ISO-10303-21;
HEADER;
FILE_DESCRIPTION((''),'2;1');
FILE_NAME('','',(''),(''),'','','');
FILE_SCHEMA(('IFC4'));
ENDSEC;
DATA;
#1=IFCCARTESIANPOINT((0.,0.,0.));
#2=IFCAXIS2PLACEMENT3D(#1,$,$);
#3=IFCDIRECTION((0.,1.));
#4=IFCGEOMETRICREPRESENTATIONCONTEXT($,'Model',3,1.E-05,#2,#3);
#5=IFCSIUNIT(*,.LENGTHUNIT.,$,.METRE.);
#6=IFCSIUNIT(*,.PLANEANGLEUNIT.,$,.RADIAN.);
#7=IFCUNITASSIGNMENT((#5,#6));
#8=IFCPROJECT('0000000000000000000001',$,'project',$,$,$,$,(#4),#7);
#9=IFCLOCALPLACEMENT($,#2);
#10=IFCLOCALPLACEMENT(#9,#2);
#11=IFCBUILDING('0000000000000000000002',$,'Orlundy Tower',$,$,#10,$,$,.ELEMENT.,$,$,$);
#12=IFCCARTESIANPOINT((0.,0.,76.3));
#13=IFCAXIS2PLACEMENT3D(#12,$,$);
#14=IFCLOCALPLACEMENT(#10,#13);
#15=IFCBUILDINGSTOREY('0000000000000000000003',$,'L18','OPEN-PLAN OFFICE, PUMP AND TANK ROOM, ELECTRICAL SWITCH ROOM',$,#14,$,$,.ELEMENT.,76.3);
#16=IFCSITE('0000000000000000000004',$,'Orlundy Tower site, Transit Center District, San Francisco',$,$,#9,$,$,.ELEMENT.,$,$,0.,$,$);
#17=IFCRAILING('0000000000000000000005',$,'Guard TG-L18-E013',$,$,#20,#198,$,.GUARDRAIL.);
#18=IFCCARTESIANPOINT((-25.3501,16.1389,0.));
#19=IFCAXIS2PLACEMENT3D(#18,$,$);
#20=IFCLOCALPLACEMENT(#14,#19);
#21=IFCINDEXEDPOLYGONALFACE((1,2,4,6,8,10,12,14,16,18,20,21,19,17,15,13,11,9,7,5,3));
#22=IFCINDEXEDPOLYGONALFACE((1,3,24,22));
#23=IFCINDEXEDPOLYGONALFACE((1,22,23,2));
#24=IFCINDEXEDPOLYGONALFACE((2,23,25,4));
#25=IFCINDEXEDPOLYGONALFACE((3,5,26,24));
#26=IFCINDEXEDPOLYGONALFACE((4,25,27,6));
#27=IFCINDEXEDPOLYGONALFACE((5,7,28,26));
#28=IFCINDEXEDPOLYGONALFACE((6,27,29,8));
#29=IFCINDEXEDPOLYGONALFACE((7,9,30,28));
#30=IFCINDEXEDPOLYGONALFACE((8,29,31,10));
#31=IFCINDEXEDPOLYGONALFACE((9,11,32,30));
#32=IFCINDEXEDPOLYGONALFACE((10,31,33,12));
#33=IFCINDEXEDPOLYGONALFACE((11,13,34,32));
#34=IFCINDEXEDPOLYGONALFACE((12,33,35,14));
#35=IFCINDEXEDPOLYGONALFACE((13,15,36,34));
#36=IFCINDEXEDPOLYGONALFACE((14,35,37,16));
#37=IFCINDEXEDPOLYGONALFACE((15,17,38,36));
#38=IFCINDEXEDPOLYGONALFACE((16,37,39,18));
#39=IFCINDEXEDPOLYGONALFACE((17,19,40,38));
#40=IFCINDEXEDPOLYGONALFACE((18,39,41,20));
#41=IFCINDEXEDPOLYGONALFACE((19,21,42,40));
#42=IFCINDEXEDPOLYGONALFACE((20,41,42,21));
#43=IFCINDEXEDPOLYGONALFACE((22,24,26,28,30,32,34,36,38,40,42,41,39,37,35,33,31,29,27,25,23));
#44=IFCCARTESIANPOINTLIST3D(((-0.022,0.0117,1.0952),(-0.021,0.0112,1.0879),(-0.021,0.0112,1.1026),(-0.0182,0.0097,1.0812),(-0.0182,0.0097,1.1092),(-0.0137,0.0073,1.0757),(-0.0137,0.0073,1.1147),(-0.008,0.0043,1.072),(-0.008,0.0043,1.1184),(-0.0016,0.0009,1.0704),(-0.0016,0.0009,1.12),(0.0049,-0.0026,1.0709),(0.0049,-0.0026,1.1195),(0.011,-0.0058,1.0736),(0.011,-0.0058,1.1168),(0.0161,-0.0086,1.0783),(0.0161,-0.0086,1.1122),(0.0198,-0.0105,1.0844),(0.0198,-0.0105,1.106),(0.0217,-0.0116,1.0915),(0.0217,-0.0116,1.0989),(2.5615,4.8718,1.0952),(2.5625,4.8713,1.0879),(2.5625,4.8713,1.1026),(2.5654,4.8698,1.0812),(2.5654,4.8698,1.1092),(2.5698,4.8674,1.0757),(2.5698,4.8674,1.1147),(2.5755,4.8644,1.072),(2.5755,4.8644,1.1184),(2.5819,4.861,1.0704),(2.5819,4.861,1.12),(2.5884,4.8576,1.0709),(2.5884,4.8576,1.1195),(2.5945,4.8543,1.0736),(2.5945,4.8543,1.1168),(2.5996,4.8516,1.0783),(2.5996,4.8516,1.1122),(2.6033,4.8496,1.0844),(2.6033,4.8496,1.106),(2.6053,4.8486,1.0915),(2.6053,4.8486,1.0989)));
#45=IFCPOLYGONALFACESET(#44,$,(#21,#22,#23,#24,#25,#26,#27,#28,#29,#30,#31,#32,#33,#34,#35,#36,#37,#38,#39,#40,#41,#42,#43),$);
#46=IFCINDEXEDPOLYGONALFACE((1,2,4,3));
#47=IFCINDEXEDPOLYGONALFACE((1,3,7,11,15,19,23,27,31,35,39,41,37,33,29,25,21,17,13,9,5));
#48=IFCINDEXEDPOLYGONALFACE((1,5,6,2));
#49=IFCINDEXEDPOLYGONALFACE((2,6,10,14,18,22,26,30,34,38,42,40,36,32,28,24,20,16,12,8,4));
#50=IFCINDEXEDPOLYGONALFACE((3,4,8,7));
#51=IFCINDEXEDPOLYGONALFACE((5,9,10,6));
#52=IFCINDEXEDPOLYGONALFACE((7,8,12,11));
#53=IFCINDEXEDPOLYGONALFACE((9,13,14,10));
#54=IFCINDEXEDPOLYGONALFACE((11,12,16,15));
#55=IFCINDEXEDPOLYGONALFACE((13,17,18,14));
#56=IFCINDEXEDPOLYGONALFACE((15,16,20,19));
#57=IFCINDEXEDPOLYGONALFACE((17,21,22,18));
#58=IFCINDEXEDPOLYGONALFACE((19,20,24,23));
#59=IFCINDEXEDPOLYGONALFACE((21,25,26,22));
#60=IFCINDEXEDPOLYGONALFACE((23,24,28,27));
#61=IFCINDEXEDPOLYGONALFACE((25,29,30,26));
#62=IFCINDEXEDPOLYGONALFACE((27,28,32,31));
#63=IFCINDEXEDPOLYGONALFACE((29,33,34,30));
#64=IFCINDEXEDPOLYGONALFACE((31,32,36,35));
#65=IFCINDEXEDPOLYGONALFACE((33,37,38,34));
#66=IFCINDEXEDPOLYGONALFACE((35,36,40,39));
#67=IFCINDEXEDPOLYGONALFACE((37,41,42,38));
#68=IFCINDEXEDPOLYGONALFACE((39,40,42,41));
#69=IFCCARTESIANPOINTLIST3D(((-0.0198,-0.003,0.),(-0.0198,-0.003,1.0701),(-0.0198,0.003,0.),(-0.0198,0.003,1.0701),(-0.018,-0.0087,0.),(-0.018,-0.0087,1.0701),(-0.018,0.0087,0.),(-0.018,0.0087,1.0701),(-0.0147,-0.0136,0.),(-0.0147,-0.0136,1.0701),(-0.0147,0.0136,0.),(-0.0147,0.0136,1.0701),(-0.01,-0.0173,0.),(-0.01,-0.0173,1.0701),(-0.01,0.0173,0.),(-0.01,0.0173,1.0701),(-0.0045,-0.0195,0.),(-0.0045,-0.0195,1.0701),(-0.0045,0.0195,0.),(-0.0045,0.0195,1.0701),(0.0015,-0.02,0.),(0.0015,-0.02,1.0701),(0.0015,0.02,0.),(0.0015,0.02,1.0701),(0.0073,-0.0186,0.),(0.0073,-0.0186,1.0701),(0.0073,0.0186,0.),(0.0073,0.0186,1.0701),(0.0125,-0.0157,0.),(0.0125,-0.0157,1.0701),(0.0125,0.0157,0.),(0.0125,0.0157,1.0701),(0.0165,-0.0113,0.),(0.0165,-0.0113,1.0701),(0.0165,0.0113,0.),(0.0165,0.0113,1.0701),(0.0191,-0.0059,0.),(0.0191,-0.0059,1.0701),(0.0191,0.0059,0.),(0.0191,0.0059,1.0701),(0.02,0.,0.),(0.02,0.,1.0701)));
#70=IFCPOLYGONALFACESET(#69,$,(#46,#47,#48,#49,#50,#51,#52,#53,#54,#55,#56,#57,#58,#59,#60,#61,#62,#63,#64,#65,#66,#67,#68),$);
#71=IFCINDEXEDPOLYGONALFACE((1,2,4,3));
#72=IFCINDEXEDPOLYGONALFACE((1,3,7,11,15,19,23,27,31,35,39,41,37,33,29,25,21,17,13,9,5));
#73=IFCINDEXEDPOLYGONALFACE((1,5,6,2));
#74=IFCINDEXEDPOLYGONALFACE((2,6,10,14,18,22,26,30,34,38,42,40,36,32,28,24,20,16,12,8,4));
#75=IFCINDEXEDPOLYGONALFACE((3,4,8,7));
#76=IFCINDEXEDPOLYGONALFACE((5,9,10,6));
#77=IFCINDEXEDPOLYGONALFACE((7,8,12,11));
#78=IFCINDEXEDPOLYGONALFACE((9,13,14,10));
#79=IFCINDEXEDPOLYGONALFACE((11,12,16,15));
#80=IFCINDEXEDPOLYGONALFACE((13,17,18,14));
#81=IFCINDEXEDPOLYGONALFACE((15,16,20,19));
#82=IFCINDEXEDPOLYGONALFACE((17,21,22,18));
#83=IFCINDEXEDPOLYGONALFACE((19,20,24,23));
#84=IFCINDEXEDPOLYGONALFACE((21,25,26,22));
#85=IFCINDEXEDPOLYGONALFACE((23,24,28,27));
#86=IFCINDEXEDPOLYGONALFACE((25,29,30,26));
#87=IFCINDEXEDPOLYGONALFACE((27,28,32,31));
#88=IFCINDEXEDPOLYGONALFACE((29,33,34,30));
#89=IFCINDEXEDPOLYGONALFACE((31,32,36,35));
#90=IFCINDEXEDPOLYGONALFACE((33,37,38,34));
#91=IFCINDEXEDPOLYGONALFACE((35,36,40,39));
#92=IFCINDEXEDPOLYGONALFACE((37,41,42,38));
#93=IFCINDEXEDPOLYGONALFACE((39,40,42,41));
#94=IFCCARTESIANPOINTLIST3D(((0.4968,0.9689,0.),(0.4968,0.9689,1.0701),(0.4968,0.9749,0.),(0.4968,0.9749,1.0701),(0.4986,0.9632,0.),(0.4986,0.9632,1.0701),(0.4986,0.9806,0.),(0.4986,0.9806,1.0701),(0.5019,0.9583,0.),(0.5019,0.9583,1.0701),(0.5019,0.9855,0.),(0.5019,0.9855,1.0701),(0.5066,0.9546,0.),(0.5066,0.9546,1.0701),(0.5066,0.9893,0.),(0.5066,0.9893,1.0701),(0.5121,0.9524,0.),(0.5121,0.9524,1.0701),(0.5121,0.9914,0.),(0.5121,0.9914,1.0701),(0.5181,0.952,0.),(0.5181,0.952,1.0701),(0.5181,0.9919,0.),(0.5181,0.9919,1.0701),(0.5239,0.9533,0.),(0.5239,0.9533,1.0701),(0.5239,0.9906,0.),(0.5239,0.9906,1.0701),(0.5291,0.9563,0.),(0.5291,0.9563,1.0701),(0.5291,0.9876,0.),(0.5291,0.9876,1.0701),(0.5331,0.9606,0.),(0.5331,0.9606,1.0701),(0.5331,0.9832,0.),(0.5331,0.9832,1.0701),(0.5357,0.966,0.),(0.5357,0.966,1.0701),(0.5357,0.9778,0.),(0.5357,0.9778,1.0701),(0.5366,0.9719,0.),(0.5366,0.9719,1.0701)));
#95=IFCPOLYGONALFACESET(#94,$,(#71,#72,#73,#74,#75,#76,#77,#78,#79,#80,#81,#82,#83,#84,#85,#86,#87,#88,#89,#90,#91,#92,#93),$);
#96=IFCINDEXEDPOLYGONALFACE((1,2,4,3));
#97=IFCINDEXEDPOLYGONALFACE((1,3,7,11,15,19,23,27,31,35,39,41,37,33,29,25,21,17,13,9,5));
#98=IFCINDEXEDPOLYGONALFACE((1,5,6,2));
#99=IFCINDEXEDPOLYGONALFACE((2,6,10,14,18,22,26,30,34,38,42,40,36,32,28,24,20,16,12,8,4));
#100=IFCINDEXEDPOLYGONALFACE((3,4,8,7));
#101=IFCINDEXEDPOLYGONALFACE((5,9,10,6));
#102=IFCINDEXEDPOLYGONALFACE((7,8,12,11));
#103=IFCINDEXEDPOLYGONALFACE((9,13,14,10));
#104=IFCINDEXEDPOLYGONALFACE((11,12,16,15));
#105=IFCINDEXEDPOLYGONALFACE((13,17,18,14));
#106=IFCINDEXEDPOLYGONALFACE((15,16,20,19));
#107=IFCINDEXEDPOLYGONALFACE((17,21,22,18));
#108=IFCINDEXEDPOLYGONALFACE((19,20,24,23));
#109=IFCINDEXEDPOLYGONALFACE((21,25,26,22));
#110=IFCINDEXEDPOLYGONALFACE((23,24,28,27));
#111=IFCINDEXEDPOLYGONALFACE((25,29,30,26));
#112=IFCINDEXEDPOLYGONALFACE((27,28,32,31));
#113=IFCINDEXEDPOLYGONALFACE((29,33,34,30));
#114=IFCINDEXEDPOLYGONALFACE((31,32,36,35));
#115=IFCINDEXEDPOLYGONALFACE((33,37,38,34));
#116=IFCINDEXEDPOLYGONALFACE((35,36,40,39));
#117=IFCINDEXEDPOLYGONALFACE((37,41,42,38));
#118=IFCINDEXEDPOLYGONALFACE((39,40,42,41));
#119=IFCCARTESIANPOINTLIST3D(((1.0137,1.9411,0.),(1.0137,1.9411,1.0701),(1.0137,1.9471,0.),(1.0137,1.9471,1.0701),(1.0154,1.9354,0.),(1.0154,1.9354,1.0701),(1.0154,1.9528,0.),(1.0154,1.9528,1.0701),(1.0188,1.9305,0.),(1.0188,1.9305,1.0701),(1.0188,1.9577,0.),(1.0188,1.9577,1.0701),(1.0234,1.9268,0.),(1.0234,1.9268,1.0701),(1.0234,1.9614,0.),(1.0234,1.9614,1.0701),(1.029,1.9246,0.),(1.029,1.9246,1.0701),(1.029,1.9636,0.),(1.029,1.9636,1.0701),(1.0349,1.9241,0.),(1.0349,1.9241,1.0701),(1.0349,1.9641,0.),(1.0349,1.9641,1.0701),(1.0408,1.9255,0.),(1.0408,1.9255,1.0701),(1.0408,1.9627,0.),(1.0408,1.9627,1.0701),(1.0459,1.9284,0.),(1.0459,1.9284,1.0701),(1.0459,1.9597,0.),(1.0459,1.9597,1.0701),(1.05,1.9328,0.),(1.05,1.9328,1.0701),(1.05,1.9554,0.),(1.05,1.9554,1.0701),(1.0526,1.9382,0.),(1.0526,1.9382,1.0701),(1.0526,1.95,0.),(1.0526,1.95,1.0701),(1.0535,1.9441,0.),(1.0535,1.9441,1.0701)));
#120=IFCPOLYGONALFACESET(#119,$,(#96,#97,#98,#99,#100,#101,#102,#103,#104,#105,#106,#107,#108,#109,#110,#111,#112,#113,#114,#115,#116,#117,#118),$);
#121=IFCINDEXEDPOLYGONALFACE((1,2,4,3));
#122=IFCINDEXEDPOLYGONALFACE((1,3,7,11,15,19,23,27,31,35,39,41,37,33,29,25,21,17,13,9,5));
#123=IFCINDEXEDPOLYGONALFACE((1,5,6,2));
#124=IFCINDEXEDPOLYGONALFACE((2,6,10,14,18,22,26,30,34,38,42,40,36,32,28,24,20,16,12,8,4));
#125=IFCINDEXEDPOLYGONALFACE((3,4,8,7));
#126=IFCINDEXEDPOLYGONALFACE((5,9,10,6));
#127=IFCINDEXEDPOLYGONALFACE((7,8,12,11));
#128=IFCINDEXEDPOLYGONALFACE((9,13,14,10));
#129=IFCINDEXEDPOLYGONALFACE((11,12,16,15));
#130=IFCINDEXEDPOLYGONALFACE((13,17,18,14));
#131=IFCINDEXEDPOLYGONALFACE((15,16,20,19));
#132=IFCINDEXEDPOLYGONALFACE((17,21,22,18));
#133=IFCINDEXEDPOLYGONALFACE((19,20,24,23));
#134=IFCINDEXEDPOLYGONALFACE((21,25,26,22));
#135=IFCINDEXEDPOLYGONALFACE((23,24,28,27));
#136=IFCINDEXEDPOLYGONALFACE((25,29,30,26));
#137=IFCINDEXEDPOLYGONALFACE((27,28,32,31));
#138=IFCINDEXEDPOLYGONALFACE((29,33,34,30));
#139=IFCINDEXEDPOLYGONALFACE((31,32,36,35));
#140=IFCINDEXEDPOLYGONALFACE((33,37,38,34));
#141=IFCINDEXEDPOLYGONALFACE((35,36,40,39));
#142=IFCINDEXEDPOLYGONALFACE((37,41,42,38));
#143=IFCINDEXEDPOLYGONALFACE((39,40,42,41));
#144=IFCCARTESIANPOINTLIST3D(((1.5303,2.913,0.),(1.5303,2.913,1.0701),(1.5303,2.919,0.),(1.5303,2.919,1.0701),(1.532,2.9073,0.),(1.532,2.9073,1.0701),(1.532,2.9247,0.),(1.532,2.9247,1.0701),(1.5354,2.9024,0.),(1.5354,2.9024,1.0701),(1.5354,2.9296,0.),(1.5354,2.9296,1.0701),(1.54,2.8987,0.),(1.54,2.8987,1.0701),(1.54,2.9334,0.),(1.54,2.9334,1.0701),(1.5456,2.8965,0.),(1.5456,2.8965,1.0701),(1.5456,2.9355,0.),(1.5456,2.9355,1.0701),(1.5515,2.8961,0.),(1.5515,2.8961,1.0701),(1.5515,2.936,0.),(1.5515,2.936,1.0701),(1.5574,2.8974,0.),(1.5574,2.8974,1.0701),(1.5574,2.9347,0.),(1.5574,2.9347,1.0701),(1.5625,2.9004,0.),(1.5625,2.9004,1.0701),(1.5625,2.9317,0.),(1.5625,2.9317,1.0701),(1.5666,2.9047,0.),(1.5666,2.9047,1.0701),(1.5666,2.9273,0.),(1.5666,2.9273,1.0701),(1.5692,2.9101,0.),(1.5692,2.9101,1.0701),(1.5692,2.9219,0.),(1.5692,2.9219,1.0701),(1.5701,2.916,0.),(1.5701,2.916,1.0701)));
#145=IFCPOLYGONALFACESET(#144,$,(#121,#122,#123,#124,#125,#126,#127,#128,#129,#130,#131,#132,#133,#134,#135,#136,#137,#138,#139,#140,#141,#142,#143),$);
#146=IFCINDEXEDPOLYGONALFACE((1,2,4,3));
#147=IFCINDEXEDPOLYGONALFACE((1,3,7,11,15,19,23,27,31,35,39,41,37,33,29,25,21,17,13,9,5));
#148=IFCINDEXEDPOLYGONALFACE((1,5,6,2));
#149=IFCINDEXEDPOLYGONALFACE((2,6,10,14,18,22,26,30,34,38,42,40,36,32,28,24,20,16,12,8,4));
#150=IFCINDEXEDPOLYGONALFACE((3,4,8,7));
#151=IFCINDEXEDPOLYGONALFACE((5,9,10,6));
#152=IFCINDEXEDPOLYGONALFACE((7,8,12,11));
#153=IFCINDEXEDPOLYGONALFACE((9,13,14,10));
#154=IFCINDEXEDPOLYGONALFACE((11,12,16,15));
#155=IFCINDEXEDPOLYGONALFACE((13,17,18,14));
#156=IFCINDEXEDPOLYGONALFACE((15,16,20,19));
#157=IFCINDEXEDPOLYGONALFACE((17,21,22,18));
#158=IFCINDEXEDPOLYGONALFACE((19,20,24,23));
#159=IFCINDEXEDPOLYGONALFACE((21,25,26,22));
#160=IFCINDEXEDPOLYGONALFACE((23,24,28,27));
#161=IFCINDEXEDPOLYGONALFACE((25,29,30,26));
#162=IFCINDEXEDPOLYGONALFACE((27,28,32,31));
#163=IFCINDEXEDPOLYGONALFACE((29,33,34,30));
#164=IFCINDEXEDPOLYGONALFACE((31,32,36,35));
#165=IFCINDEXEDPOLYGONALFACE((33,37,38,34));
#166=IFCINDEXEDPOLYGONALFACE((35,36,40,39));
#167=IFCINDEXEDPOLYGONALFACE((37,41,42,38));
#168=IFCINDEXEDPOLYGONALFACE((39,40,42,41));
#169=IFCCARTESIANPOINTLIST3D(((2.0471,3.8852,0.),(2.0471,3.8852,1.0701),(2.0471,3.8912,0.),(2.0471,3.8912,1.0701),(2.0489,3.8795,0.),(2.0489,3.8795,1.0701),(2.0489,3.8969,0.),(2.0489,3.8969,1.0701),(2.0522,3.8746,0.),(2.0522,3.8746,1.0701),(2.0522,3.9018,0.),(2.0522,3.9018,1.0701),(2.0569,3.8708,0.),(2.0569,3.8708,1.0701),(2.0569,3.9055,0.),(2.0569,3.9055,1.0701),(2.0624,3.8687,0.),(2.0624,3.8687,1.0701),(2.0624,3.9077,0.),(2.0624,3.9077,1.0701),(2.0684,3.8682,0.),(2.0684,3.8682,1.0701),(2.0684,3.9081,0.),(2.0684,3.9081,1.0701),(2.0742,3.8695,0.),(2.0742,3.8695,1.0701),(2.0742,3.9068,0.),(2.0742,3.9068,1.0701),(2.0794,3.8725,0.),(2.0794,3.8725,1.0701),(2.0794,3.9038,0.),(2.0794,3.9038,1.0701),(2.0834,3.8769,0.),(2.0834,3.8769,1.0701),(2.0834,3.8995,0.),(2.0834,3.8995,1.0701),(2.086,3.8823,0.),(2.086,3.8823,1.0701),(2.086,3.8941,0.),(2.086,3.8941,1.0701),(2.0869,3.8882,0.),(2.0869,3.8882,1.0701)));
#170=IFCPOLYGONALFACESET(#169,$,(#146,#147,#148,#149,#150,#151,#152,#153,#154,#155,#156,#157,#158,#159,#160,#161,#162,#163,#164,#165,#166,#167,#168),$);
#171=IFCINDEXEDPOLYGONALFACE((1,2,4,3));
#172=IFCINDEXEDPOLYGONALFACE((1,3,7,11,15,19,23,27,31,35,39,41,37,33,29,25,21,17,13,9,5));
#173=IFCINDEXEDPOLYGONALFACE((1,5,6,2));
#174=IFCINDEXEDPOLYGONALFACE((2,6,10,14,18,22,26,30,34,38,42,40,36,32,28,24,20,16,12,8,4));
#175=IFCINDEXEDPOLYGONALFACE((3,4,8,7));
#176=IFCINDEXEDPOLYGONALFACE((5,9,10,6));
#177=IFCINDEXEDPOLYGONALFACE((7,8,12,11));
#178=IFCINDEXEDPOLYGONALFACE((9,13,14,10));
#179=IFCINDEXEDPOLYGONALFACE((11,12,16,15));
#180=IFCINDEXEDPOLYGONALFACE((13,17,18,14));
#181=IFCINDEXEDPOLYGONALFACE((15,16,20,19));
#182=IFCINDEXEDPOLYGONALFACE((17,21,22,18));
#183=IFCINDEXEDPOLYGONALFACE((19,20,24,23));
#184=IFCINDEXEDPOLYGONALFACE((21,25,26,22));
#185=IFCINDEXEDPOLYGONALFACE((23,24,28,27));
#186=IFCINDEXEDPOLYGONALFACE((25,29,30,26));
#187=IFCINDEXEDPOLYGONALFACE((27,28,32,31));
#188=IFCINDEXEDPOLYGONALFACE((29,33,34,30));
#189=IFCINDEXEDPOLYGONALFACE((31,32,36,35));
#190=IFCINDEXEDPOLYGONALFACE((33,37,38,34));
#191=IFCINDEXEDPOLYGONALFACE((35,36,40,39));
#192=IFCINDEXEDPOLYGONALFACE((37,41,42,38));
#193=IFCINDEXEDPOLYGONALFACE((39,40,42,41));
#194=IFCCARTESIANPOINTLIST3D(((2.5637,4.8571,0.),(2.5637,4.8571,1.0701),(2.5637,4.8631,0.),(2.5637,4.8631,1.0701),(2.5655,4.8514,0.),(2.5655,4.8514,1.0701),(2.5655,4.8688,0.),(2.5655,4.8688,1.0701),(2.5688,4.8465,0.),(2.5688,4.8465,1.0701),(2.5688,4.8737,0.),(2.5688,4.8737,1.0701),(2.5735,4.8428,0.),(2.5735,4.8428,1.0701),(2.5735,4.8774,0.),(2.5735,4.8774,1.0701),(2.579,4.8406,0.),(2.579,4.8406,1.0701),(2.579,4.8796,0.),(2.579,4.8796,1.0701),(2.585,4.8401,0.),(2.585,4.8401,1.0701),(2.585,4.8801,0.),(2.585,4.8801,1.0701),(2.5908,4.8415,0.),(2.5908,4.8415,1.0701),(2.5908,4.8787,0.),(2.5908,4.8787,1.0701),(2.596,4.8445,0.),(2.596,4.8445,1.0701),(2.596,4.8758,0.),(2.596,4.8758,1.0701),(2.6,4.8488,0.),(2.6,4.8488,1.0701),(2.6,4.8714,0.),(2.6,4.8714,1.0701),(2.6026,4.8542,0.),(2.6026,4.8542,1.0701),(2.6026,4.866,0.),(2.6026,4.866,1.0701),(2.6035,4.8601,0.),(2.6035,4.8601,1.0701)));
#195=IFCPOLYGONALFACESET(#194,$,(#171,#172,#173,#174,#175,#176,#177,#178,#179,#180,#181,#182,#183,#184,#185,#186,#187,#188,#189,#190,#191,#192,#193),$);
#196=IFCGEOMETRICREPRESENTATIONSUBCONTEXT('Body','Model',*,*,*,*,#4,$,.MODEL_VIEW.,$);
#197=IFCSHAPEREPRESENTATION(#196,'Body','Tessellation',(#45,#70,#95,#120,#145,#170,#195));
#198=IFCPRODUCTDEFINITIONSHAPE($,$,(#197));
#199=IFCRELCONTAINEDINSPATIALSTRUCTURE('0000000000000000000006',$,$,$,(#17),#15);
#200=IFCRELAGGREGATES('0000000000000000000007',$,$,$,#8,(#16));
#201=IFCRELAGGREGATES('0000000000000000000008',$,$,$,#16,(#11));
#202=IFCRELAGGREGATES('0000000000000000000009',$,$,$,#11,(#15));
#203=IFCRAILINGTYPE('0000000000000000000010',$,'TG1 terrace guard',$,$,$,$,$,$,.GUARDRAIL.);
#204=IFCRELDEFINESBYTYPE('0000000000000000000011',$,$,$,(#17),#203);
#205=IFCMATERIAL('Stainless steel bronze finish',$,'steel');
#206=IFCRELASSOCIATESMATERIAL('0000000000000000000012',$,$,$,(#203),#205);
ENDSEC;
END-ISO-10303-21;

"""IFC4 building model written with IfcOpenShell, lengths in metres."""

from ifc_helpers import new_model, si_unit, direction, frame, origin, origin_2d, place, context, subcontext, project, spatial, circle, extrude, material, type_object, element, save


model = new_model("IFC4")

# Units and contexts
model_context = context("Model", 3, precision=1e-05, world=origin(), true_north=direction((0.0, 1.0)))
body_context = subcontext(model_context, "Body", "Model", "MODEL_VIEW")
ifc_project = project(units=[si_unit("LENGTHUNIT", "METRE"), si_unit("PLANEANGLEUNIT", "RADIAN")], contexts=[model_context])

# Site, building, storey
site_placement = place(None, origin())
site = spatial("IfcSite", under=ifc_project, at=site_placement, Name="Orlundy Tower site, Transit Center District, San Francisco", CompositionType="ELEMENT", RefElevation=0.0)
building_placement = place(site_placement, origin())
building = spatial("IfcBuilding", under=site, at=building_placement, Name="Orlundy Tower", CompositionType="ELEMENT")
storey_placement = place(building_placement, frame((0.0, 0.0, 76.3)))
storey = spatial("IfcBuildingStorey", under=building, at=storey_placement, Name="L18", Description="OPEN-PLAN OFFICE, PUMP AND TANK ROOM, ELECTRICAL SWITCH ROOM", CompositionType="ELEMENT", Elevation=76.3)

# Railing
ifc_material_1 = material(Name="Stainless steel bronze finish", Category="steel")
railing_type = type_object("IfcRailingType", Name="TG1 terrace guard", PredefinedType="GUARDRAIL", material=ifc_material_1)
railing_1_placement = place(storey_placement, frame((-25.3501, 16.1389, 0.0)))
element("IfcRailing", 1, at=railing_1_placement, inside=storey, type_object=railing_type, Name="Guard TG-L18-E013", PredefinedType="GUARDRAIL", context=body_context, shape_type="SweptSolid", body=[
    extrude(circle(Radius=0.0249, at=origin_2d()), frame((0.0, 0.0, 1.0952), z_axis=(0.469377, 0.882998, 0.0), x_axis=(-0.882998, 0.469377, 0.0)), (0.0, 0.0, 1.0), 5.5042),
    extrude(circle(Radius=0.02, at=origin_2d()), origin(), (0.0, 0.0, 1.0), 1.0701),
    extrude(circle(Radius=0.02, at=origin_2d()), frame((0.5166, 0.9719, 0.0)), (0.0, 0.0, 1.0), 1.0701),
    extrude(circle(Radius=0.02, at=origin_2d()), frame((1.0334, 1.9441, 0.0)), (0.0, 0.0, 1.0), 1.0701),
    extrude(circle(Radius=0.02, at=origin_2d()), frame((1.55, 2.916, 0.0)), (0.0, 0.0, 1.0), 1.0701),
    extrude(circle(Radius=0.02, at=origin_2d()), frame((2.0669, 3.8882, 0.0)), (0.0, 0.0, 1.0), 1.0701),
    extrude(circle(Radius=0.02, at=origin_2d()), frame((2.5835, 4.8601, 0.0)), (0.0, 0.0, 1.0), 1.0701),
])

save(model, "model.ifc")
